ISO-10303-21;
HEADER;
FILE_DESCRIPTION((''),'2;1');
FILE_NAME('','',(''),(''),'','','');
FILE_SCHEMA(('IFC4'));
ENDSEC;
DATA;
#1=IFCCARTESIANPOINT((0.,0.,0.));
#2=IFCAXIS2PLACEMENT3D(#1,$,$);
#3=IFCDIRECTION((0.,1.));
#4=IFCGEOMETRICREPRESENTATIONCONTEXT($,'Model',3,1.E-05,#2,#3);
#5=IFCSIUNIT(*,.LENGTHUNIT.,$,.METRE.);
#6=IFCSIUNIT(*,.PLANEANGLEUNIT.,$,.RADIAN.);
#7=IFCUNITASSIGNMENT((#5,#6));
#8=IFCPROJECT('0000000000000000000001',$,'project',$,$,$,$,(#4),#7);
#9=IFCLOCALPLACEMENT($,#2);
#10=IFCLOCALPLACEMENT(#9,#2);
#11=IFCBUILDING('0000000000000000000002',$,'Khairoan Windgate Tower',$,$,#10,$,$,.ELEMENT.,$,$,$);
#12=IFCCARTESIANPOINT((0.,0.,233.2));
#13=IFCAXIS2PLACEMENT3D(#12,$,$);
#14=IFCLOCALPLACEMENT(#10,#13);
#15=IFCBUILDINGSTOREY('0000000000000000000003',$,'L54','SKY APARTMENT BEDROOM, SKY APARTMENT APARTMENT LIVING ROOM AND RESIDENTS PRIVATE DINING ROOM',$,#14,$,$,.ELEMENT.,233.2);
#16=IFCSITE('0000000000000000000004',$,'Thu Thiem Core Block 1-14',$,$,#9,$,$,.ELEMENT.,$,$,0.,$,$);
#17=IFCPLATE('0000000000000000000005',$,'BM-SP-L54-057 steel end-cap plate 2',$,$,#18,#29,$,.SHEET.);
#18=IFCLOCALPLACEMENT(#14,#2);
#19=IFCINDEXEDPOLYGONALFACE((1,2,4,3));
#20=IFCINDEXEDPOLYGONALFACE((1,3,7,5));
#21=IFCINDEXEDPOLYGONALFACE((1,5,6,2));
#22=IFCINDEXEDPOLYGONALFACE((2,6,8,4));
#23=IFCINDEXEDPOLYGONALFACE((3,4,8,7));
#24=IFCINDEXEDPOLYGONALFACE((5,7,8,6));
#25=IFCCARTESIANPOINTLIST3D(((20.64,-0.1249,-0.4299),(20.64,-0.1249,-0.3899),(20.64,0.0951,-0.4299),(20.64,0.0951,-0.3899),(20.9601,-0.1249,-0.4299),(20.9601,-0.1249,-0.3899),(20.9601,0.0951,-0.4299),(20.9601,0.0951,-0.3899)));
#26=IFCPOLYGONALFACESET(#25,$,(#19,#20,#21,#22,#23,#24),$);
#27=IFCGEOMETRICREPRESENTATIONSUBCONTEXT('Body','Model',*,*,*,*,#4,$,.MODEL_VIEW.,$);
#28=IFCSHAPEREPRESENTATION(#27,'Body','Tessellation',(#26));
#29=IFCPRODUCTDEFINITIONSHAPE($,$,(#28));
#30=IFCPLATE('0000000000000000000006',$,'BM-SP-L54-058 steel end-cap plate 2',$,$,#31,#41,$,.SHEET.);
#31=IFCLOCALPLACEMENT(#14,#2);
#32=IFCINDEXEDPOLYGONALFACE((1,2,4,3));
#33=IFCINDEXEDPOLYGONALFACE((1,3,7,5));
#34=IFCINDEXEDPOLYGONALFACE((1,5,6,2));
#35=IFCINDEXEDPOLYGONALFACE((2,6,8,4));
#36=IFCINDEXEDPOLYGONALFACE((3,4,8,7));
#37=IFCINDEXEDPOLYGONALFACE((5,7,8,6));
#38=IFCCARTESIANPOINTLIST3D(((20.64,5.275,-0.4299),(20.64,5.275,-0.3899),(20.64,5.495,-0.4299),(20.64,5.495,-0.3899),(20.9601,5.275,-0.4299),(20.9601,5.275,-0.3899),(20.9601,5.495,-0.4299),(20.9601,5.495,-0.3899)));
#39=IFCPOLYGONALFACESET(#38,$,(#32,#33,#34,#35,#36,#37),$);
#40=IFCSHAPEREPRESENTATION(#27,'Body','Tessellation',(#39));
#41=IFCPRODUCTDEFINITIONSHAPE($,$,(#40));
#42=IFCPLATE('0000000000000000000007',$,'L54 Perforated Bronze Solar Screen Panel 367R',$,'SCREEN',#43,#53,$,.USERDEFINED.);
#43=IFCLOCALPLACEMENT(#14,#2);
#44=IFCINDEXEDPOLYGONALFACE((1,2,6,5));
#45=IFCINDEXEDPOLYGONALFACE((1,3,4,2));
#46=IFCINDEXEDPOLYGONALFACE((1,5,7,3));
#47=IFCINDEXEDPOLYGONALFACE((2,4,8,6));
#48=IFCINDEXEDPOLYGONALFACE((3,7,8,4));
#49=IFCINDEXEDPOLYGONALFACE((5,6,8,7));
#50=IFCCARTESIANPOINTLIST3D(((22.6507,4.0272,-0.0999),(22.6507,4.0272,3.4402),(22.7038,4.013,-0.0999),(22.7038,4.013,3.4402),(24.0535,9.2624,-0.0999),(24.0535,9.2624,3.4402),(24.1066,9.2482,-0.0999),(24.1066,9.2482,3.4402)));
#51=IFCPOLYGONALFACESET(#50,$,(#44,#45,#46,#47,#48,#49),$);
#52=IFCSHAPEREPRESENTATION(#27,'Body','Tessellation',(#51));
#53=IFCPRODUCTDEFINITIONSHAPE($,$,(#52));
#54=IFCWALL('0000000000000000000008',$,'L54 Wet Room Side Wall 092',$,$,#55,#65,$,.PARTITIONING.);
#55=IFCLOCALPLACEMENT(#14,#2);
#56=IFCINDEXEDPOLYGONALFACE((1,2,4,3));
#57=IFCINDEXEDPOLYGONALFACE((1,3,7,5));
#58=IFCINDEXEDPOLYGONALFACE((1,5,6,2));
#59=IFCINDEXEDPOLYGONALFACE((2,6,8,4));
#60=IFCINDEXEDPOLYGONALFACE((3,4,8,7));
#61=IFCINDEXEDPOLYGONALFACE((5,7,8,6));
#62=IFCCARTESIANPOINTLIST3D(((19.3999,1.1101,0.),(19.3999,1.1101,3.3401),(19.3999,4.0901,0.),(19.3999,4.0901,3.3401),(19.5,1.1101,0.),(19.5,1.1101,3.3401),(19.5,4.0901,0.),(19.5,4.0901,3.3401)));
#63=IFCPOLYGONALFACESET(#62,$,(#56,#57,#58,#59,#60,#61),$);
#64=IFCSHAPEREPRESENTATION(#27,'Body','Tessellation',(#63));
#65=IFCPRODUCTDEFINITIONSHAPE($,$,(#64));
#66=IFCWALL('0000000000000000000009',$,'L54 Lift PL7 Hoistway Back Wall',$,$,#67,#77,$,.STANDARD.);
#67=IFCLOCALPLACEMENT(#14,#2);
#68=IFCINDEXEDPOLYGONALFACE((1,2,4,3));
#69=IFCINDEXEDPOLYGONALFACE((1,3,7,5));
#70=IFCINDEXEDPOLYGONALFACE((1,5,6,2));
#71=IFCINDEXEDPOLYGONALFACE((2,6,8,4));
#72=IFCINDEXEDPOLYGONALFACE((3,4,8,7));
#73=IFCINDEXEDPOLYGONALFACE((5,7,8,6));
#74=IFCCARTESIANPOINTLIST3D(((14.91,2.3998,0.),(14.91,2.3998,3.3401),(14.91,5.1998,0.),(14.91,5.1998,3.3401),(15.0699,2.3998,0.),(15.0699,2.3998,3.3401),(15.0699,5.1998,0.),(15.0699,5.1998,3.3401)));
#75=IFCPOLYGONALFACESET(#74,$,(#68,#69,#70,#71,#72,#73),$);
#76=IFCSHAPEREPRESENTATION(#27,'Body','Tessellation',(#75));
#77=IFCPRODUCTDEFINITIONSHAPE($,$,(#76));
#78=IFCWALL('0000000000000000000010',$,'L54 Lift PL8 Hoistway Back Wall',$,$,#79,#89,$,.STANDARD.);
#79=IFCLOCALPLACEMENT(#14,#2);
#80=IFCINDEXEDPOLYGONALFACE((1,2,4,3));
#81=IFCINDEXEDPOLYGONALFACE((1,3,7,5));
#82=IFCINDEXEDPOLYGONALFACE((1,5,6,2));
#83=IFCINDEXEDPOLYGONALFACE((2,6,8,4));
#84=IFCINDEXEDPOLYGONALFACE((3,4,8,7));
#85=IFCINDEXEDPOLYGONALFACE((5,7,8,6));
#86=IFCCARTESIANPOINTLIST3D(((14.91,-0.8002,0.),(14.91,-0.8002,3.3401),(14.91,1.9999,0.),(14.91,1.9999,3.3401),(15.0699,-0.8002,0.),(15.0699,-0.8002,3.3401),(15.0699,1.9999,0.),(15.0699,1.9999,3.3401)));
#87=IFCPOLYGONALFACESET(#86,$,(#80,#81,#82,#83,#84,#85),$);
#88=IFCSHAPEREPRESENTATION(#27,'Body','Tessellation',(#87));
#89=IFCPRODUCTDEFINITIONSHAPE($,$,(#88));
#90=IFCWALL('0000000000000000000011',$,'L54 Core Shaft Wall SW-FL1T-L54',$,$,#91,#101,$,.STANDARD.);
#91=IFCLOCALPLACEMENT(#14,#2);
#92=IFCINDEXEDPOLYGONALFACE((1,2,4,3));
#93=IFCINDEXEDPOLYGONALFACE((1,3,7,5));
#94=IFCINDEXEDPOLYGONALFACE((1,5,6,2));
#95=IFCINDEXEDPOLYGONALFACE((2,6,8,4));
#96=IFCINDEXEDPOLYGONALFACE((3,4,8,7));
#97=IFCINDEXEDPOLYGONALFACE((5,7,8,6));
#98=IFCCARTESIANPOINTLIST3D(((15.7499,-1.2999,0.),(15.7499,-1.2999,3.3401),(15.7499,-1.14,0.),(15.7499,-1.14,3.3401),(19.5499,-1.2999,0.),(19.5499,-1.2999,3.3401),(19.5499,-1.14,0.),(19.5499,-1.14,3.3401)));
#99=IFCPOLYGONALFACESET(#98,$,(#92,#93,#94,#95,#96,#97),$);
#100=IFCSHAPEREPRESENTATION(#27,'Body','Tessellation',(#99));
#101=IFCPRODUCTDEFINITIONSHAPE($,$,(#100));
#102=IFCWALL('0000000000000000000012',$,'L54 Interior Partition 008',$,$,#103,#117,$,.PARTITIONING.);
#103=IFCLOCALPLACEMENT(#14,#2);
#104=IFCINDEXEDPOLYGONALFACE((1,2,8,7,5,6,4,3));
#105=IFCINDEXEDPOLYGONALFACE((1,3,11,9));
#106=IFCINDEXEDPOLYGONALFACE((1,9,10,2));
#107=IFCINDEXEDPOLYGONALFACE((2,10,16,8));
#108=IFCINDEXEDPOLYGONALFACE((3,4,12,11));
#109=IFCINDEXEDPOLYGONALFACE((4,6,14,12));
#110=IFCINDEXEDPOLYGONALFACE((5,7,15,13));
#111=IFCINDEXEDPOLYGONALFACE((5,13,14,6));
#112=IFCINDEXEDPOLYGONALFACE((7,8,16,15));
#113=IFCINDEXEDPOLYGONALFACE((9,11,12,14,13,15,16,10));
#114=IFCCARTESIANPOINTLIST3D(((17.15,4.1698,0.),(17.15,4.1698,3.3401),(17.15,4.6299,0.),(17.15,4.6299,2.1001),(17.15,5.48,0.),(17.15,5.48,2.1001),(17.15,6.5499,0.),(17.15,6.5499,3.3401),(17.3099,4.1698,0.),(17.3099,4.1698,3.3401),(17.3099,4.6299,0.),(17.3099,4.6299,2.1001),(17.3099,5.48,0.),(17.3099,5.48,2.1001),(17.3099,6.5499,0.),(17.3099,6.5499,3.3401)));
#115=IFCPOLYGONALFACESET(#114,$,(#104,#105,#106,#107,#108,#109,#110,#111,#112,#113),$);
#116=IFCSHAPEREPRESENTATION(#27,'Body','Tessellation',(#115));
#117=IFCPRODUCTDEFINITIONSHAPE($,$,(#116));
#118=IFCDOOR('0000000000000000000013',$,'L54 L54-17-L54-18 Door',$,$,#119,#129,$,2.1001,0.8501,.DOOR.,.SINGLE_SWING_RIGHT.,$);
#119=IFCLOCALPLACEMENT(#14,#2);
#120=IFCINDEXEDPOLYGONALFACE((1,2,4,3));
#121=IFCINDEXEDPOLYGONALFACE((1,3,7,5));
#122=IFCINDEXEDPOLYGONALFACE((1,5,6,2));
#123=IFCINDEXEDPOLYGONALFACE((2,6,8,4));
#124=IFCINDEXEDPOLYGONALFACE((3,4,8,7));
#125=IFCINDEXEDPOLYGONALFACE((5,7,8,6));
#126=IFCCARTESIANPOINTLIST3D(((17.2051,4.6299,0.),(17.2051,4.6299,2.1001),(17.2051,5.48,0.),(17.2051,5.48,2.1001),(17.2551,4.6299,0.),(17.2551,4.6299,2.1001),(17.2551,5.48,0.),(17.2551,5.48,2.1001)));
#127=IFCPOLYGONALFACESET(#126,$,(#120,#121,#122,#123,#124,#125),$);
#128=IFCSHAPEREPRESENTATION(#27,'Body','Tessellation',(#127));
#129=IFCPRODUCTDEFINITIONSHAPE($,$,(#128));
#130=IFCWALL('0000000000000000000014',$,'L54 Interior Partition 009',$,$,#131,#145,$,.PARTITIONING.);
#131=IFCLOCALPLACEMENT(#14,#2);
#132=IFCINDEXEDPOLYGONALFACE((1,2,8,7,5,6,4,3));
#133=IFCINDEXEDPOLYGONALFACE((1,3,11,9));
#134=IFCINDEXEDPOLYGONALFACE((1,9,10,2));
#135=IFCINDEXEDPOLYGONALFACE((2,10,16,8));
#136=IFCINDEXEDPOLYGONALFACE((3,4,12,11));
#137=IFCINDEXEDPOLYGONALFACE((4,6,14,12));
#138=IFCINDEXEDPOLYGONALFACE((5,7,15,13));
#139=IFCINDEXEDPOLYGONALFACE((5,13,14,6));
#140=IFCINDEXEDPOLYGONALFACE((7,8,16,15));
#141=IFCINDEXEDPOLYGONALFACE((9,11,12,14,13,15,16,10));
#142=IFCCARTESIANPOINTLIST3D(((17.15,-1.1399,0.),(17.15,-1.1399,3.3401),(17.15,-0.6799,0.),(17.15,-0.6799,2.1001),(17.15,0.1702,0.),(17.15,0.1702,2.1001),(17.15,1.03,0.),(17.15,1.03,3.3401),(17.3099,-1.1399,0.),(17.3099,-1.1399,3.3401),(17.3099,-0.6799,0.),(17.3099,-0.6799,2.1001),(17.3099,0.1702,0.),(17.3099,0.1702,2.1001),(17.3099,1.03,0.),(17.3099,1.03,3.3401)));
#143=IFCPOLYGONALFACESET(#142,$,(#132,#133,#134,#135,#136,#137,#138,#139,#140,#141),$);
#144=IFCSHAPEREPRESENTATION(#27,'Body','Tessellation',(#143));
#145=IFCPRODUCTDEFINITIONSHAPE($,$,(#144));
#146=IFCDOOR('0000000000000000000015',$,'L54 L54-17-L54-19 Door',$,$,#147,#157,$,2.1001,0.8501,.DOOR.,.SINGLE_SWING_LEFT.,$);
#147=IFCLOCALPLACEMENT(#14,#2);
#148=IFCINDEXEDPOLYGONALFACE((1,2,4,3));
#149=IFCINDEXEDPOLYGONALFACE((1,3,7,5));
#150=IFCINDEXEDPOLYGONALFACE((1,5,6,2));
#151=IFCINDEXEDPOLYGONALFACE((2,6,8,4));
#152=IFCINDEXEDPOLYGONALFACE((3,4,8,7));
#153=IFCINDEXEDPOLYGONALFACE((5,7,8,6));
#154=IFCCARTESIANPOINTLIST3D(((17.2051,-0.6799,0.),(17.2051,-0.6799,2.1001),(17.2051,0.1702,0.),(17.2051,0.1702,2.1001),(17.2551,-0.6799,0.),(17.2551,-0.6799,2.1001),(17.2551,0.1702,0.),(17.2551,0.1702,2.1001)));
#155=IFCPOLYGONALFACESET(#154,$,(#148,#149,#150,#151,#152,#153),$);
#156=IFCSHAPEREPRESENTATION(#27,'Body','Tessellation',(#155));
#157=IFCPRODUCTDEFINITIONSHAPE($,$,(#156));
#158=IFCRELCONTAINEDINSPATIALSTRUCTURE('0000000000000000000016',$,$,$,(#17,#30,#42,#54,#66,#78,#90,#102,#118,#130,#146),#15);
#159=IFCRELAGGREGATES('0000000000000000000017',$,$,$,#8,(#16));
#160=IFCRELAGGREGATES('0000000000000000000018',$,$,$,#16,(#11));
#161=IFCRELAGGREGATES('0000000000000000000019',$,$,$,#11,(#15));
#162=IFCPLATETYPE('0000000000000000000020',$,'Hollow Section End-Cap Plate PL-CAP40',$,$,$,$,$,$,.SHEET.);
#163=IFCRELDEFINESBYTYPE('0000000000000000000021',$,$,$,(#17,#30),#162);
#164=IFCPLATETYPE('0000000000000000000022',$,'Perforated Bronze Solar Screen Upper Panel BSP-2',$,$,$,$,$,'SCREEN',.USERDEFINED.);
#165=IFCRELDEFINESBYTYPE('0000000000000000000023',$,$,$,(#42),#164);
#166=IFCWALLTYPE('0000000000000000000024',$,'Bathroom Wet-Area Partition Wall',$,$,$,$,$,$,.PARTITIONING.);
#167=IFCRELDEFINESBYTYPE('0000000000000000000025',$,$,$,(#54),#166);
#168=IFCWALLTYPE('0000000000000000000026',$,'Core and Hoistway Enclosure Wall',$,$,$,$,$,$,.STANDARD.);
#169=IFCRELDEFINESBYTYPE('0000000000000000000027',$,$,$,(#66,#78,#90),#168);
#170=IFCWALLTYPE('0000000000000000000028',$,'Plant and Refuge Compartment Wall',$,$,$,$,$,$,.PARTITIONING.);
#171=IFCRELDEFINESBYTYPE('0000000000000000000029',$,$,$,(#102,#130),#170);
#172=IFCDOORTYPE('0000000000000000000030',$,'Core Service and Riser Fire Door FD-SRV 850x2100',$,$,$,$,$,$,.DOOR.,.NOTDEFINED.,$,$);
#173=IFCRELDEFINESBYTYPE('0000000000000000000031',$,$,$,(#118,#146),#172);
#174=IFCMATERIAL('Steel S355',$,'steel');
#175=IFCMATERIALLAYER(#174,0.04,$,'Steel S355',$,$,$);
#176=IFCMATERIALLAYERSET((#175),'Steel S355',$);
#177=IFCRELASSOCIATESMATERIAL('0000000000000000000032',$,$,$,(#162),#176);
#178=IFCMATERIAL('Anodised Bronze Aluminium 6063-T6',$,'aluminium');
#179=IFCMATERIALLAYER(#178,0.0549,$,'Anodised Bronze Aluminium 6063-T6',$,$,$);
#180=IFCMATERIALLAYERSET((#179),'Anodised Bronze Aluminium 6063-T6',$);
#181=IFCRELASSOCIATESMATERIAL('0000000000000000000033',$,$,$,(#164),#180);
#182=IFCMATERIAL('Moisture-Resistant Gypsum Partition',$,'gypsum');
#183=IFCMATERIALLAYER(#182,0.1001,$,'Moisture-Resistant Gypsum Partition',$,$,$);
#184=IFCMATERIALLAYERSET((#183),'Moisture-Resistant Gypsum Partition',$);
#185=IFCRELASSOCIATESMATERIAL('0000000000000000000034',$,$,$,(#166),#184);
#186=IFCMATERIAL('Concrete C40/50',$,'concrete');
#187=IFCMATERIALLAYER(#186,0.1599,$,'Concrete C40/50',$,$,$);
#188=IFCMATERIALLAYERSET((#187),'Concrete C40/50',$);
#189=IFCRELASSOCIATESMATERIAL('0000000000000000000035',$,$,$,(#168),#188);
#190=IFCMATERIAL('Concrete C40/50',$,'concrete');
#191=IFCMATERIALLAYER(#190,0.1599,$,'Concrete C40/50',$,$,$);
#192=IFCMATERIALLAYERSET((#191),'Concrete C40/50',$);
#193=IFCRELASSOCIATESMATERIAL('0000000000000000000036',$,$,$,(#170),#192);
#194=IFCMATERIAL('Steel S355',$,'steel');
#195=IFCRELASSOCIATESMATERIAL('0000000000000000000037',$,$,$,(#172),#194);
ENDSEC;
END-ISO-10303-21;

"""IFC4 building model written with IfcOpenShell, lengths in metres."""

from ifc_helpers import new_model, si_unit, direction, frame, frame_2d, origin, origin_2d, place, context, subcontext, project, spatial, rectangle, extrude, material, layer, layer_set, type_object, element, fill, save


model = new_model("IFC4")

# Units and contexts
model_context = context("Model", 3, precision=1e-05, world=origin(), true_north=direction((0.0, 1.0)))
body_context = subcontext(model_context, "Body", "Model", "MODEL_VIEW")
ifc_project = project(units=[si_unit("LENGTHUNIT", "METRE"), si_unit("PLANEANGLEUNIT", "RADIAN")], contexts=[model_context])

# Site, building, storey
site_placement = place(None, origin())
site = spatial("IfcSite", under=ifc_project, at=site_placement, Name="Thu Thiem Core Block 1-14", CompositionType="ELEMENT", RefElevation=0.0)
building_placement = place(site_placement, origin())
building = spatial("IfcBuilding", under=site, at=building_placement, Name="Khairoan Windgate Tower", CompositionType="ELEMENT")
storey_placement = place(building_placement, frame((0.0, 0.0, 233.2)))
storey = spatial("IfcBuildingStorey", under=building, at=storey_placement, Name="L54", Description="SKY APARTMENT BEDROOM, SKY APARTMENT APARTMENT LIVING ROOM AND RESIDENTS PRIVATE DINING ROOM", CompositionType="ELEMENT", Elevation=233.2)

# Plates
ifc_material_1 = material(Name="Steel S355", Category="steel")
ifc_layer_1 = layer(ifc_material_1, 0.04, Name="Steel S355")
ifc_layer_set_1 = layer_set([ifc_layer_1], Name="Steel S355")
plate_type_1 = type_object("IfcPlateType", Name="Hollow Section End-Cap Plate PL-CAP40", PredefinedType="SHEET", material=ifc_layer_set_1)
for number, where, z_axis, x_axis, name in (
    (1, (20.8, -0.0149, -0.4299), (0.0, 0.0, 1.0), (0.0, 1.0, 0.0), "BM-SP-L54-057 steel end-cap plate 2"),
    (2, (20.8, 5.385, -0.4299), (0.0, 0.0, 1.0), (0.0, 1.0, 0.0), "BM-SP-L54-058 steel end-cap plate 2"),
):
    element("IfcPlate", number, at=place(storey_placement, frame(where, z_axis=z_axis, x_axis=x_axis)), inside=storey, type_object=plate_type_1, Name=name, PredefinedType="SHEET", context=body_context, shape_type="SweptSolid", body=[
        extrude(rectangle(XDim=0.22, YDim=0.3201, at=origin_2d()), origin(), (0.0, 0.0, 1.0), 0.04),
    ])
ifc_material_2 = material(Name="Anodised Bronze Aluminium 6063-T6", Category="aluminium")
ifc_layer_2 = layer(ifc_material_2, 0.0549, Name="Anodised Bronze Aluminium 6063-T6")
ifc_layer_set_2 = layer_set([ifc_layer_2], Name="Anodised Bronze Aluminium 6063-T6")
plate_type_2 = type_object("IfcPlateType", Name="Perforated Bronze Solar Screen Upper Panel BSP-2", ElementType="SCREEN", PredefinedType="USERDEFINED", material=ifc_layer_set_2)
plate_placement = place(storey_placement, frame((23.3787, 6.6377, -0.0999), z_axis=(0.0, 0.0, 1.0), x_axis=(-0.258819, -0.965926, 0.0)))
element("IfcPlate", 3, at=plate_placement, inside=storey, type_object=plate_type_2, Name="L54 Perforated Bronze Solar Screen Panel 367R", ObjectType="SCREEN", PredefinedType="USERDEFINED", context=body_context, shape_type="SweptSolid", body=[
    extrude(rectangle(XDim=5.4199, YDim=0.0549, at=origin_2d()), origin(), (0.0, 0.0, 1.0), 3.54),
])

# Walls
ifc_material_3 = material(Name="Moisture-Resistant Gypsum Partition", Category="gypsum")
ifc_layer_3 = layer(ifc_material_3, 0.1001, Name="Moisture-Resistant Gypsum Partition")
ifc_layer_set_3 = layer_set([ifc_layer_3], Name="Moisture-Resistant Gypsum Partition")
wall_type_1 = type_object("IfcWallType", Name="Bathroom Wet-Area Partition Wall", PredefinedType="PARTITIONING", material=ifc_layer_set_3)
wall_1_placement = place(storey_placement, frame((19.45, 4.0901, 0.0), z_axis=(0.0, 0.0, 1.0), x_axis=(0.0, -1.0, 0.0)))
element("IfcWall", 4, at=wall_1_placement, inside=storey, type_object=wall_type_1, Name="L54 Wet Room Side Wall 092", PredefinedType="PARTITIONING", context=body_context, shape_type="SweptSolid", body=[
    extrude(rectangle(XDim=2.98, YDim=0.1001, at=frame_2d((1.49, 0.0))), origin(), (0.0, 0.0, 1.0), 3.3401),
])
ifc_material_4 = material(Name="Concrete C40/50", Category="concrete")
ifc_layer_4 = layer(ifc_material_4, 0.1599, Name="Concrete C40/50")
ifc_layer_set_4 = layer_set([ifc_layer_4], Name="Concrete C40/50")
wall_type_2 = type_object("IfcWallType", Name="Core and Hoistway Enclosure Wall", PredefinedType="STANDARD", material=ifc_layer_set_4)
for number, where, z_axis, x_axis, name in (
    (5, (14.99, 2.3999, 0.0), (0.0, 0.0, 1.0), (0.0, 1.0, 0.0), "L54 Lift PL7 Hoistway Back Wall"),
    (6, (14.99, -0.8, 0.0), (0.0, 0.0, 1.0), (0.0, 1.0, 0.0), "L54 Lift PL8 Hoistway Back Wall"),
):
    element("IfcWall", number, at=place(storey_placement, frame(where, z_axis=z_axis, x_axis=x_axis)), inside=storey, type_object=wall_type_2, Name=name, PredefinedType="STANDARD", context=body_context, shape_type="SweptSolid", body=[
        extrude(rectangle(XDim=2.8, YDim=0.1599, at=frame_2d((1.3999, 0.0))), origin(), (0.0, 0.0, 1.0), 3.3401),
    ])
wall_2_placement = place(storey_placement, frame((15.75, -1.22, 0.0), z_axis=(0.0, 0.0, 1.0), x_axis=(1.0, 0.0, 0.0)))
element("IfcWall", 7, at=wall_2_placement, inside=storey, type_object=wall_type_2, Name="L54 Core Shaft Wall SW-FL1T-L54", PredefinedType="STANDARD", context=body_context, shape_type="SweptSolid", body=[
    extrude(rectangle(XDim=3.8, YDim=0.1599, at=frame_2d((1.8999, 0.0))), origin(), (0.0, 0.0, 1.0), 3.3401),
])

# Walls, openings, doors
ifc_material_5 = material(Name="Concrete C40/50", Category="concrete")
ifc_layer_5 = layer(ifc_material_5, 0.1599, Name="Concrete C40/50")
ifc_layer_set_5 = layer_set([ifc_layer_5], Name="Concrete C40/50")
wall_type_3 = type_object("IfcWallType", Name="Plant and Refuge Compartment Wall", PredefinedType="PARTITIONING", material=ifc_layer_set_5)
wall_3_placement = place(storey_placement, frame((17.23, 4.1699, 0.0), z_axis=(0.0, 0.0, 1.0), x_axis=(0.0, 1.0, 0.0)))
wall_3 = element("IfcWall", 8, at=wall_3_placement, inside=storey, type_object=wall_type_3, Name="L54 Interior Partition 008", PredefinedType="PARTITIONING", context=body_context, shape_type="SweptSolid", body=[
    extrude(rectangle(XDim=2.3801, YDim=0.1599, at=frame_2d((1.1899, 0.0))), origin(), (0.0, 0.0, 1.0), 3.3401),
])
opening_1_placement = place(wall_3_placement, frame((0.46, 0.0, 0.0)))
opening_1 = element("IfcOpeningElement", 9, at=opening_1_placement, cuts=wall_3, PredefinedType="OPENING", context=body_context, shape_type="SweptSolid", body=[
    extrude(rectangle(XDim=0.8501, YDim=2.1001, at=frame_2d((0.425, 1.05))), frame((0.0, 0.0898, 0.0), z_axis=(0.0, -1.0, 0.0), x_axis=(1.0, 0.0, 0.0)), (0.0, 0.0, 1.0), 0.1799),
])
ifc_material_6 = material(Name="Steel S355", Category="steel")
door_type = type_object("IfcDoorType", Name="Core Service and Riser Fire Door FD-SRV 850x2100", OperationType="NOTDEFINED", PredefinedType="DOOR", material=ifc_material_6)
door_1_placement = place(opening_1_placement, origin())
door_1 = element("IfcDoor", 10, at=door_1_placement, inside=storey, type_object=door_type, Name="L54 L54-17-L54-18 Door", OperationType="SINGLE_SWING_RIGHT", OverallHeight=2.1001, OverallWidth=0.8501, PredefinedType="DOOR", context=body_context, shape_type="SweptSolid", body=[
    extrude(rectangle(XDim=0.8501, YDim=2.1001, at=frame_2d((0.425, 1.05))), frame((0.0, 0.0249, 0.0), z_axis=(0.0, -1.0, 0.0), x_axis=(1.0, 0.0, 0.0)), (0.0, 0.0, 1.0), 0.05),
])
fill(opening_1, door_1)
wall_4_placement = place(storey_placement, frame((17.23, -1.1399, 0.0), z_axis=(0.0, 0.0, 1.0), x_axis=(0.0, 1.0, 0.0)))
wall_4 = element("IfcWall", 11, at=wall_4_placement, inside=storey, type_object=wall_type_3, Name="L54 Interior Partition 009", PredefinedType="PARTITIONING", context=body_context, shape_type="SweptSolid", body=[
    extrude(rectangle(XDim=2.1699, YDim=0.1599, at=frame_2d((1.085, 0.0))), origin(), (0.0, 0.0, 1.0), 3.3401),
])
opening_2_placement = place(wall_4_placement, frame((0.46, 0.0, 0.0)))
opening_2 = element("IfcOpeningElement", 12, at=opening_2_placement, cuts=wall_4, PredefinedType="OPENING", context=body_context, shape_type="SweptSolid", body=[
    extrude(rectangle(XDim=0.8501, YDim=2.1001, at=frame_2d((0.425, 1.05))), frame((0.0, 0.0898, 0.0), z_axis=(0.0, -1.0, 0.0), x_axis=(1.0, 0.0, 0.0)), (0.0, 0.0, 1.0), 0.1799),
])
door_2_placement = place(opening_2_placement, origin())
door_2 = element("IfcDoor", 13, at=door_2_placement, inside=storey, type_object=door_type, Name="L54 L54-17-L54-19 Door", OperationType="SINGLE_SWING_LEFT", OverallHeight=2.1001, OverallWidth=0.8501, PredefinedType="DOOR", context=body_context, shape_type="SweptSolid", body=[
    extrude(rectangle(XDim=0.8501, YDim=2.1001, at=frame_2d((0.425, 1.05))), frame((0.0, 0.0249, 0.0), z_axis=(0.0, -1.0, 0.0), x_axis=(1.0, 0.0, 0.0)), (0.0, 0.0, 1.0), 0.05),
])
fill(opening_2, door_2)

save(model, "model.ifc")
